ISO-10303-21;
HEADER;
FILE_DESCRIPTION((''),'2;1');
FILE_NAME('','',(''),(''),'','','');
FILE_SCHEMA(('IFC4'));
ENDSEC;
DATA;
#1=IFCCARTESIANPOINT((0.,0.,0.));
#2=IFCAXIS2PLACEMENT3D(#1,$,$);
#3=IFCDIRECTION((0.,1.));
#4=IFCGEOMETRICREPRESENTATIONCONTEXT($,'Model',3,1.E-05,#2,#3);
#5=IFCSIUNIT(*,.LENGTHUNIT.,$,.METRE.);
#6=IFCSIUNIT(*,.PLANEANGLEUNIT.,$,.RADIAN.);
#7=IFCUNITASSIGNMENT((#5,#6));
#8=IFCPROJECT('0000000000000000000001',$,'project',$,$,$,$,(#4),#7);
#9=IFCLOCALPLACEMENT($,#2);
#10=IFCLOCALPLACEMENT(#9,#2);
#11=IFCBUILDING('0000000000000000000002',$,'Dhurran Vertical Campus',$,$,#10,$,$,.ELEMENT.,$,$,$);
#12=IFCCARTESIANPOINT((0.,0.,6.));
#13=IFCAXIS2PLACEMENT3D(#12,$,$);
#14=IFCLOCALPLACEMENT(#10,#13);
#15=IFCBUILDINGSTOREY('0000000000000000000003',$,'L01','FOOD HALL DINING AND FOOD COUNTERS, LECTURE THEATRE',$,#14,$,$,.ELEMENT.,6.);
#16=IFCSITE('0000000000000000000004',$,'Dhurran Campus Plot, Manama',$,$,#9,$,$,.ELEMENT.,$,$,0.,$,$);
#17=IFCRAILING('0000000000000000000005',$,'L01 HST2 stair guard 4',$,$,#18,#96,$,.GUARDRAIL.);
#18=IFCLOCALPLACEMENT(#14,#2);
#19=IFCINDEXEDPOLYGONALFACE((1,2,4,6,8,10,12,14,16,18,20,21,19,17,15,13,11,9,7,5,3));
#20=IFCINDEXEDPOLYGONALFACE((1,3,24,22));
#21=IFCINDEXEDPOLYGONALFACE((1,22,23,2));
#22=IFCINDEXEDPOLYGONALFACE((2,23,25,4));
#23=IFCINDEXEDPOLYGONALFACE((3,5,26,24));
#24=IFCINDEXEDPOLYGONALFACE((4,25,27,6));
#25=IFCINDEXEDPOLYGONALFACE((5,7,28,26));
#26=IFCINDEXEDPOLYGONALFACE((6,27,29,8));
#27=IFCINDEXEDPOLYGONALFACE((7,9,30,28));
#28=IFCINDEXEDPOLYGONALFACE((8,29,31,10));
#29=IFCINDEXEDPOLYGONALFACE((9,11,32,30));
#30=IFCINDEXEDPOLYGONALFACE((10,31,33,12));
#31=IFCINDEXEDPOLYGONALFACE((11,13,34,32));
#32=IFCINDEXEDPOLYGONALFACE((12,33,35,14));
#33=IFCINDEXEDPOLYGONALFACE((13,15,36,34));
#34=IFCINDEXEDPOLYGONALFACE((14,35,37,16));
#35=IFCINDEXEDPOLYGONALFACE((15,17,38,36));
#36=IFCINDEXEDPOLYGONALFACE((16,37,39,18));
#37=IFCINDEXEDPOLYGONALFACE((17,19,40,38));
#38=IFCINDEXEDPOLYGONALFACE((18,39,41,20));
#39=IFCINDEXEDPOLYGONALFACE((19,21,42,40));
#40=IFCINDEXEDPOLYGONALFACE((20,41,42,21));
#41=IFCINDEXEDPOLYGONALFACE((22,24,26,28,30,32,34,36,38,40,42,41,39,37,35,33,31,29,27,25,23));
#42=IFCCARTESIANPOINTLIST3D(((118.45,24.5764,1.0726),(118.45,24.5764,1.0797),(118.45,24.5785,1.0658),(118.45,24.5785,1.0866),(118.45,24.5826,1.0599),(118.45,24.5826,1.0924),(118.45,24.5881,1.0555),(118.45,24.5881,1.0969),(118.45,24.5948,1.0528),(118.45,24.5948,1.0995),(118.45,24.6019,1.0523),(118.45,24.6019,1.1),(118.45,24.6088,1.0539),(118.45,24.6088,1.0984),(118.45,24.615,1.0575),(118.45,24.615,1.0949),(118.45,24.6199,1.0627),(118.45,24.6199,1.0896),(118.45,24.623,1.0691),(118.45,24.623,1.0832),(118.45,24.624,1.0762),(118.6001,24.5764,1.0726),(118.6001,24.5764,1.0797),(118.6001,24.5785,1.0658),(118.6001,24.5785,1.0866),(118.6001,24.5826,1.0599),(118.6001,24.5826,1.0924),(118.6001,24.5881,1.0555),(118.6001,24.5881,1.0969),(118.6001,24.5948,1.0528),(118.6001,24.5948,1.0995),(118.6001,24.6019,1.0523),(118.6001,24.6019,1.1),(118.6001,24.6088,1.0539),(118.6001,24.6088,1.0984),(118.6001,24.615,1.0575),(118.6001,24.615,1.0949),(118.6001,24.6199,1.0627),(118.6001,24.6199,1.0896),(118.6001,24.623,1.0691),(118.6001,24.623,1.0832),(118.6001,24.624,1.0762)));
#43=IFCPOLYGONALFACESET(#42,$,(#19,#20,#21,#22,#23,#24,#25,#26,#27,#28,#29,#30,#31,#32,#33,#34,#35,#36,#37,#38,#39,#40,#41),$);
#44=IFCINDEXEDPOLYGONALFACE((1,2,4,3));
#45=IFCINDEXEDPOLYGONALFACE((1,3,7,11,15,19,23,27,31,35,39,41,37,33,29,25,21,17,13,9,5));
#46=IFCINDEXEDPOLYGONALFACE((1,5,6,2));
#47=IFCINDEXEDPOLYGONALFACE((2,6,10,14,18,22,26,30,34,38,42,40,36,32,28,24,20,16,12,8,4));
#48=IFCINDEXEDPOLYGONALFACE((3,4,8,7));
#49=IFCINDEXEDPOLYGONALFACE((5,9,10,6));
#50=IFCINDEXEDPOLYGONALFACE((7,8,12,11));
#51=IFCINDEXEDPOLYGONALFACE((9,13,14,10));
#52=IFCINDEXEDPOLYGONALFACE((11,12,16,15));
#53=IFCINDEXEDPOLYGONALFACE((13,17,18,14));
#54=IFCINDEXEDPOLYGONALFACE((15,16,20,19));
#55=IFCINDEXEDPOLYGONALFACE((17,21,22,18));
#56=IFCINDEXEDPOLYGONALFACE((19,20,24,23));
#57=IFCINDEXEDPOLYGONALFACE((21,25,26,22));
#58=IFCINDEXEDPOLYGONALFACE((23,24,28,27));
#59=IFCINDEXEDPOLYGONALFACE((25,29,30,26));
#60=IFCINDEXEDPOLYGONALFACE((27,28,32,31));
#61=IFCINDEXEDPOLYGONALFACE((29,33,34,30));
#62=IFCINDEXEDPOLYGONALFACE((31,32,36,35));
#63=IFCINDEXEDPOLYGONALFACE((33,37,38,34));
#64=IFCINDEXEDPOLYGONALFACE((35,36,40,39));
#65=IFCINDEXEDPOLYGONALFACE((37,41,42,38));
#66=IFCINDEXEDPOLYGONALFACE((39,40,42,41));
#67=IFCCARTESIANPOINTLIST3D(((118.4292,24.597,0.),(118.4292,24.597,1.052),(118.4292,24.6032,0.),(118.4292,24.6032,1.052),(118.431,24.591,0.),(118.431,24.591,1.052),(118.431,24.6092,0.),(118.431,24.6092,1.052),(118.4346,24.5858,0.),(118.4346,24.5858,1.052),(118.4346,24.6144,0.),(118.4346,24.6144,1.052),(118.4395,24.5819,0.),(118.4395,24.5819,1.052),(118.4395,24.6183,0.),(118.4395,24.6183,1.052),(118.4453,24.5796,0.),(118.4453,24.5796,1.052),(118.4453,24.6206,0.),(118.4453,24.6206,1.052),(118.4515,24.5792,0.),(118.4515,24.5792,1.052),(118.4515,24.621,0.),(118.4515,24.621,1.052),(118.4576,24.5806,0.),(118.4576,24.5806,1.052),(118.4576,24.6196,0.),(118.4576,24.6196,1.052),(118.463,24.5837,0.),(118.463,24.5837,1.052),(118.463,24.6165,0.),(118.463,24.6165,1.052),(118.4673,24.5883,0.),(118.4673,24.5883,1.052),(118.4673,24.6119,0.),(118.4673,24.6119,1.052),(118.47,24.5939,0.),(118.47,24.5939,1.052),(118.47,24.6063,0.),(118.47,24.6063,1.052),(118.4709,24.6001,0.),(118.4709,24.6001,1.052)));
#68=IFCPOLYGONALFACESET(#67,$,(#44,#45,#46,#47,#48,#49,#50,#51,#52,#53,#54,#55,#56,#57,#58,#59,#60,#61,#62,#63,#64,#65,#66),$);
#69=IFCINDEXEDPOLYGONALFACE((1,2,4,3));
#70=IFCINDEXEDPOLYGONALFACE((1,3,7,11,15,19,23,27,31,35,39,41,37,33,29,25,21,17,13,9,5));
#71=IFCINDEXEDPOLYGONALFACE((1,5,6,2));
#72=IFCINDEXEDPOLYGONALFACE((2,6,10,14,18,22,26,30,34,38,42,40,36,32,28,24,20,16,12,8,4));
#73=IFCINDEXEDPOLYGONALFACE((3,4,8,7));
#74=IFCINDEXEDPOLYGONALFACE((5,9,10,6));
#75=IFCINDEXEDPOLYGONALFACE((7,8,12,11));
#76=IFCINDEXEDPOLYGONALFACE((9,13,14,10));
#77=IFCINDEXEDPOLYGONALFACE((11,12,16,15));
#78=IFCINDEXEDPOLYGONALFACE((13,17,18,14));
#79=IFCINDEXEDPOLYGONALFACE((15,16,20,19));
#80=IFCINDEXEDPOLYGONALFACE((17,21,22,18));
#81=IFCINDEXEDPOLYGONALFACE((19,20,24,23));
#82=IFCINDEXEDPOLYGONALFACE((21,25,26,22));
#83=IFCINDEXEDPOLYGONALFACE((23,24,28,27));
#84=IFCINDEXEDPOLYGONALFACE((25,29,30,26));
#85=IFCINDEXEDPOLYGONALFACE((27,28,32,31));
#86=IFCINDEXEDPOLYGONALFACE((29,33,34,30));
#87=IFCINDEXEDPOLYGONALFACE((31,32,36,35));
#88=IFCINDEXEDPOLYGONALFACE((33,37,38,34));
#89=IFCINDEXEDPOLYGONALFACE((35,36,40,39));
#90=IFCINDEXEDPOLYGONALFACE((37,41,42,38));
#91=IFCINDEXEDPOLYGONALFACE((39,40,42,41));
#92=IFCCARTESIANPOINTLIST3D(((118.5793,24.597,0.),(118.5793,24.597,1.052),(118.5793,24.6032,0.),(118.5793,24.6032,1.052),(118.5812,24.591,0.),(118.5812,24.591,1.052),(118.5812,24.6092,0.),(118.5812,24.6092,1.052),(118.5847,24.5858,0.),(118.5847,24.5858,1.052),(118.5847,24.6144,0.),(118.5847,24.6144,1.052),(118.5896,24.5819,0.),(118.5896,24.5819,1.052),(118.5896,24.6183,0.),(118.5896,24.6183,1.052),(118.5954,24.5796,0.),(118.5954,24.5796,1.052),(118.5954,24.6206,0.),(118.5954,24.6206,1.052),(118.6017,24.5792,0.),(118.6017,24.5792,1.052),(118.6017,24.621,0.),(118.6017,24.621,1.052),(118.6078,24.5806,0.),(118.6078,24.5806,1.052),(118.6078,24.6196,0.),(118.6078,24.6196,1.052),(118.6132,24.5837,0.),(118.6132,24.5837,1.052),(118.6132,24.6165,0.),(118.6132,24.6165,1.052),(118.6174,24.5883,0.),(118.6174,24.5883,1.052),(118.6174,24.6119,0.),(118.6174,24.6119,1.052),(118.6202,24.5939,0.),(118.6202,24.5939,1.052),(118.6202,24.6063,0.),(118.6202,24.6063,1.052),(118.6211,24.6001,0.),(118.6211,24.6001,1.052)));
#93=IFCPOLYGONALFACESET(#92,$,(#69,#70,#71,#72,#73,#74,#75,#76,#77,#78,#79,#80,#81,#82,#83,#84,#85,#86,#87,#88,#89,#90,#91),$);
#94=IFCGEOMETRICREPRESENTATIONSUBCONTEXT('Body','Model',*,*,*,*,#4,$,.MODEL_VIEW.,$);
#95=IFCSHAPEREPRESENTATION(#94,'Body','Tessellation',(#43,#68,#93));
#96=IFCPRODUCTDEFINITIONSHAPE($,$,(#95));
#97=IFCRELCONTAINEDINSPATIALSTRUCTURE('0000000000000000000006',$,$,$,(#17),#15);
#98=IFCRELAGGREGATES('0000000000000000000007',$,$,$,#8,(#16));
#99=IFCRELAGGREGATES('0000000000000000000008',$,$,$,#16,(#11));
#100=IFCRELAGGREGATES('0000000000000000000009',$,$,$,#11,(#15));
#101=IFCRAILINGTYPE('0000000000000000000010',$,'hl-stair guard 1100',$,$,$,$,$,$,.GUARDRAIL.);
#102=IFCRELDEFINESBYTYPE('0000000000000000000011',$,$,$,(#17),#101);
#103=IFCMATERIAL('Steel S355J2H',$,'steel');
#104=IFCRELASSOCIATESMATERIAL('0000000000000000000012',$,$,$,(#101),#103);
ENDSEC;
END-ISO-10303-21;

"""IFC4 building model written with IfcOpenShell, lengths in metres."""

from ifc_helpers import new_model, si_unit, direction, frame, origin, origin_2d, place, context, subcontext, project, spatial, circle, extrude, material, type_object, element, save


model = new_model("IFC4")

# Units and contexts
model_context = context("Model", 3, precision=1e-05, world=origin(), true_north=direction((0.0, 1.0)))
body_context = subcontext(model_context, "Body", "Model", "MODEL_VIEW")
ifc_project = project(units=[si_unit("LENGTHUNIT", "METRE"), si_unit("PLANEANGLEUNIT", "RADIAN")], contexts=[model_context])

# Site, building, storey
site_placement = place(None, origin())
site = spatial("IfcSite", under=ifc_project, at=site_placement, Name="Dhurran Campus Plot, Manama", CompositionType="ELEMENT", RefElevation=0.0)
building_placement = place(site_placement, origin())
building = spatial("IfcBuilding", under=site, at=building_placement, Name="Dhurran Vertical Campus", CompositionType="ELEMENT")
storey_placement = place(building_placement, frame((0.0, 0.0, 6.0)))
storey = spatial("IfcBuildingStorey", under=building, at=storey_placement, Name="L01", Description="FOOD HALL DINING AND FOOD COUNTERS, LECTURE THEATRE", CompositionType="ELEMENT", Elevation=6.0)

# Railing
ifc_material_1 = material(Name="Steel S355J2H", Category="steel")
railing_type_1 = type_object("IfcRailingType", Name="hl-stair guard 1100", PredefinedType="GUARDRAIL", material=ifc_material_1)
railing_1_placement = place(storey_placement, frame((118.45, 24.6001, 0.0)))
element("IfcRailing", 1, at=railing_1_placement, inside=storey, type_object=railing_type_1, Name="L01 HST2 stair guard 4", PredefinedType="GUARDRAIL", context=body_context, shape_type="SweptSolid", body=[
    extrude(circle(Radius=0.0239, at=origin_2d()), frame((0.0, 0.0, 1.0762), z_axis=(1.0, 0.0, 0.0), x_axis=(0.0, 1.0, 0.0)), (0.0, 0.0, 1.0), 0.1501),
    extrude(circle(Radius=0.021, at=origin_2d()), origin(), (0.0, 0.0, 1.0), 1.052),
    extrude(circle(Radius=0.021, at=origin_2d()), frame((0.1501, 0.0, 0.0)), (0.0, 0.0, 1.0), 1.052),
])

save(model, "model.ifc")
